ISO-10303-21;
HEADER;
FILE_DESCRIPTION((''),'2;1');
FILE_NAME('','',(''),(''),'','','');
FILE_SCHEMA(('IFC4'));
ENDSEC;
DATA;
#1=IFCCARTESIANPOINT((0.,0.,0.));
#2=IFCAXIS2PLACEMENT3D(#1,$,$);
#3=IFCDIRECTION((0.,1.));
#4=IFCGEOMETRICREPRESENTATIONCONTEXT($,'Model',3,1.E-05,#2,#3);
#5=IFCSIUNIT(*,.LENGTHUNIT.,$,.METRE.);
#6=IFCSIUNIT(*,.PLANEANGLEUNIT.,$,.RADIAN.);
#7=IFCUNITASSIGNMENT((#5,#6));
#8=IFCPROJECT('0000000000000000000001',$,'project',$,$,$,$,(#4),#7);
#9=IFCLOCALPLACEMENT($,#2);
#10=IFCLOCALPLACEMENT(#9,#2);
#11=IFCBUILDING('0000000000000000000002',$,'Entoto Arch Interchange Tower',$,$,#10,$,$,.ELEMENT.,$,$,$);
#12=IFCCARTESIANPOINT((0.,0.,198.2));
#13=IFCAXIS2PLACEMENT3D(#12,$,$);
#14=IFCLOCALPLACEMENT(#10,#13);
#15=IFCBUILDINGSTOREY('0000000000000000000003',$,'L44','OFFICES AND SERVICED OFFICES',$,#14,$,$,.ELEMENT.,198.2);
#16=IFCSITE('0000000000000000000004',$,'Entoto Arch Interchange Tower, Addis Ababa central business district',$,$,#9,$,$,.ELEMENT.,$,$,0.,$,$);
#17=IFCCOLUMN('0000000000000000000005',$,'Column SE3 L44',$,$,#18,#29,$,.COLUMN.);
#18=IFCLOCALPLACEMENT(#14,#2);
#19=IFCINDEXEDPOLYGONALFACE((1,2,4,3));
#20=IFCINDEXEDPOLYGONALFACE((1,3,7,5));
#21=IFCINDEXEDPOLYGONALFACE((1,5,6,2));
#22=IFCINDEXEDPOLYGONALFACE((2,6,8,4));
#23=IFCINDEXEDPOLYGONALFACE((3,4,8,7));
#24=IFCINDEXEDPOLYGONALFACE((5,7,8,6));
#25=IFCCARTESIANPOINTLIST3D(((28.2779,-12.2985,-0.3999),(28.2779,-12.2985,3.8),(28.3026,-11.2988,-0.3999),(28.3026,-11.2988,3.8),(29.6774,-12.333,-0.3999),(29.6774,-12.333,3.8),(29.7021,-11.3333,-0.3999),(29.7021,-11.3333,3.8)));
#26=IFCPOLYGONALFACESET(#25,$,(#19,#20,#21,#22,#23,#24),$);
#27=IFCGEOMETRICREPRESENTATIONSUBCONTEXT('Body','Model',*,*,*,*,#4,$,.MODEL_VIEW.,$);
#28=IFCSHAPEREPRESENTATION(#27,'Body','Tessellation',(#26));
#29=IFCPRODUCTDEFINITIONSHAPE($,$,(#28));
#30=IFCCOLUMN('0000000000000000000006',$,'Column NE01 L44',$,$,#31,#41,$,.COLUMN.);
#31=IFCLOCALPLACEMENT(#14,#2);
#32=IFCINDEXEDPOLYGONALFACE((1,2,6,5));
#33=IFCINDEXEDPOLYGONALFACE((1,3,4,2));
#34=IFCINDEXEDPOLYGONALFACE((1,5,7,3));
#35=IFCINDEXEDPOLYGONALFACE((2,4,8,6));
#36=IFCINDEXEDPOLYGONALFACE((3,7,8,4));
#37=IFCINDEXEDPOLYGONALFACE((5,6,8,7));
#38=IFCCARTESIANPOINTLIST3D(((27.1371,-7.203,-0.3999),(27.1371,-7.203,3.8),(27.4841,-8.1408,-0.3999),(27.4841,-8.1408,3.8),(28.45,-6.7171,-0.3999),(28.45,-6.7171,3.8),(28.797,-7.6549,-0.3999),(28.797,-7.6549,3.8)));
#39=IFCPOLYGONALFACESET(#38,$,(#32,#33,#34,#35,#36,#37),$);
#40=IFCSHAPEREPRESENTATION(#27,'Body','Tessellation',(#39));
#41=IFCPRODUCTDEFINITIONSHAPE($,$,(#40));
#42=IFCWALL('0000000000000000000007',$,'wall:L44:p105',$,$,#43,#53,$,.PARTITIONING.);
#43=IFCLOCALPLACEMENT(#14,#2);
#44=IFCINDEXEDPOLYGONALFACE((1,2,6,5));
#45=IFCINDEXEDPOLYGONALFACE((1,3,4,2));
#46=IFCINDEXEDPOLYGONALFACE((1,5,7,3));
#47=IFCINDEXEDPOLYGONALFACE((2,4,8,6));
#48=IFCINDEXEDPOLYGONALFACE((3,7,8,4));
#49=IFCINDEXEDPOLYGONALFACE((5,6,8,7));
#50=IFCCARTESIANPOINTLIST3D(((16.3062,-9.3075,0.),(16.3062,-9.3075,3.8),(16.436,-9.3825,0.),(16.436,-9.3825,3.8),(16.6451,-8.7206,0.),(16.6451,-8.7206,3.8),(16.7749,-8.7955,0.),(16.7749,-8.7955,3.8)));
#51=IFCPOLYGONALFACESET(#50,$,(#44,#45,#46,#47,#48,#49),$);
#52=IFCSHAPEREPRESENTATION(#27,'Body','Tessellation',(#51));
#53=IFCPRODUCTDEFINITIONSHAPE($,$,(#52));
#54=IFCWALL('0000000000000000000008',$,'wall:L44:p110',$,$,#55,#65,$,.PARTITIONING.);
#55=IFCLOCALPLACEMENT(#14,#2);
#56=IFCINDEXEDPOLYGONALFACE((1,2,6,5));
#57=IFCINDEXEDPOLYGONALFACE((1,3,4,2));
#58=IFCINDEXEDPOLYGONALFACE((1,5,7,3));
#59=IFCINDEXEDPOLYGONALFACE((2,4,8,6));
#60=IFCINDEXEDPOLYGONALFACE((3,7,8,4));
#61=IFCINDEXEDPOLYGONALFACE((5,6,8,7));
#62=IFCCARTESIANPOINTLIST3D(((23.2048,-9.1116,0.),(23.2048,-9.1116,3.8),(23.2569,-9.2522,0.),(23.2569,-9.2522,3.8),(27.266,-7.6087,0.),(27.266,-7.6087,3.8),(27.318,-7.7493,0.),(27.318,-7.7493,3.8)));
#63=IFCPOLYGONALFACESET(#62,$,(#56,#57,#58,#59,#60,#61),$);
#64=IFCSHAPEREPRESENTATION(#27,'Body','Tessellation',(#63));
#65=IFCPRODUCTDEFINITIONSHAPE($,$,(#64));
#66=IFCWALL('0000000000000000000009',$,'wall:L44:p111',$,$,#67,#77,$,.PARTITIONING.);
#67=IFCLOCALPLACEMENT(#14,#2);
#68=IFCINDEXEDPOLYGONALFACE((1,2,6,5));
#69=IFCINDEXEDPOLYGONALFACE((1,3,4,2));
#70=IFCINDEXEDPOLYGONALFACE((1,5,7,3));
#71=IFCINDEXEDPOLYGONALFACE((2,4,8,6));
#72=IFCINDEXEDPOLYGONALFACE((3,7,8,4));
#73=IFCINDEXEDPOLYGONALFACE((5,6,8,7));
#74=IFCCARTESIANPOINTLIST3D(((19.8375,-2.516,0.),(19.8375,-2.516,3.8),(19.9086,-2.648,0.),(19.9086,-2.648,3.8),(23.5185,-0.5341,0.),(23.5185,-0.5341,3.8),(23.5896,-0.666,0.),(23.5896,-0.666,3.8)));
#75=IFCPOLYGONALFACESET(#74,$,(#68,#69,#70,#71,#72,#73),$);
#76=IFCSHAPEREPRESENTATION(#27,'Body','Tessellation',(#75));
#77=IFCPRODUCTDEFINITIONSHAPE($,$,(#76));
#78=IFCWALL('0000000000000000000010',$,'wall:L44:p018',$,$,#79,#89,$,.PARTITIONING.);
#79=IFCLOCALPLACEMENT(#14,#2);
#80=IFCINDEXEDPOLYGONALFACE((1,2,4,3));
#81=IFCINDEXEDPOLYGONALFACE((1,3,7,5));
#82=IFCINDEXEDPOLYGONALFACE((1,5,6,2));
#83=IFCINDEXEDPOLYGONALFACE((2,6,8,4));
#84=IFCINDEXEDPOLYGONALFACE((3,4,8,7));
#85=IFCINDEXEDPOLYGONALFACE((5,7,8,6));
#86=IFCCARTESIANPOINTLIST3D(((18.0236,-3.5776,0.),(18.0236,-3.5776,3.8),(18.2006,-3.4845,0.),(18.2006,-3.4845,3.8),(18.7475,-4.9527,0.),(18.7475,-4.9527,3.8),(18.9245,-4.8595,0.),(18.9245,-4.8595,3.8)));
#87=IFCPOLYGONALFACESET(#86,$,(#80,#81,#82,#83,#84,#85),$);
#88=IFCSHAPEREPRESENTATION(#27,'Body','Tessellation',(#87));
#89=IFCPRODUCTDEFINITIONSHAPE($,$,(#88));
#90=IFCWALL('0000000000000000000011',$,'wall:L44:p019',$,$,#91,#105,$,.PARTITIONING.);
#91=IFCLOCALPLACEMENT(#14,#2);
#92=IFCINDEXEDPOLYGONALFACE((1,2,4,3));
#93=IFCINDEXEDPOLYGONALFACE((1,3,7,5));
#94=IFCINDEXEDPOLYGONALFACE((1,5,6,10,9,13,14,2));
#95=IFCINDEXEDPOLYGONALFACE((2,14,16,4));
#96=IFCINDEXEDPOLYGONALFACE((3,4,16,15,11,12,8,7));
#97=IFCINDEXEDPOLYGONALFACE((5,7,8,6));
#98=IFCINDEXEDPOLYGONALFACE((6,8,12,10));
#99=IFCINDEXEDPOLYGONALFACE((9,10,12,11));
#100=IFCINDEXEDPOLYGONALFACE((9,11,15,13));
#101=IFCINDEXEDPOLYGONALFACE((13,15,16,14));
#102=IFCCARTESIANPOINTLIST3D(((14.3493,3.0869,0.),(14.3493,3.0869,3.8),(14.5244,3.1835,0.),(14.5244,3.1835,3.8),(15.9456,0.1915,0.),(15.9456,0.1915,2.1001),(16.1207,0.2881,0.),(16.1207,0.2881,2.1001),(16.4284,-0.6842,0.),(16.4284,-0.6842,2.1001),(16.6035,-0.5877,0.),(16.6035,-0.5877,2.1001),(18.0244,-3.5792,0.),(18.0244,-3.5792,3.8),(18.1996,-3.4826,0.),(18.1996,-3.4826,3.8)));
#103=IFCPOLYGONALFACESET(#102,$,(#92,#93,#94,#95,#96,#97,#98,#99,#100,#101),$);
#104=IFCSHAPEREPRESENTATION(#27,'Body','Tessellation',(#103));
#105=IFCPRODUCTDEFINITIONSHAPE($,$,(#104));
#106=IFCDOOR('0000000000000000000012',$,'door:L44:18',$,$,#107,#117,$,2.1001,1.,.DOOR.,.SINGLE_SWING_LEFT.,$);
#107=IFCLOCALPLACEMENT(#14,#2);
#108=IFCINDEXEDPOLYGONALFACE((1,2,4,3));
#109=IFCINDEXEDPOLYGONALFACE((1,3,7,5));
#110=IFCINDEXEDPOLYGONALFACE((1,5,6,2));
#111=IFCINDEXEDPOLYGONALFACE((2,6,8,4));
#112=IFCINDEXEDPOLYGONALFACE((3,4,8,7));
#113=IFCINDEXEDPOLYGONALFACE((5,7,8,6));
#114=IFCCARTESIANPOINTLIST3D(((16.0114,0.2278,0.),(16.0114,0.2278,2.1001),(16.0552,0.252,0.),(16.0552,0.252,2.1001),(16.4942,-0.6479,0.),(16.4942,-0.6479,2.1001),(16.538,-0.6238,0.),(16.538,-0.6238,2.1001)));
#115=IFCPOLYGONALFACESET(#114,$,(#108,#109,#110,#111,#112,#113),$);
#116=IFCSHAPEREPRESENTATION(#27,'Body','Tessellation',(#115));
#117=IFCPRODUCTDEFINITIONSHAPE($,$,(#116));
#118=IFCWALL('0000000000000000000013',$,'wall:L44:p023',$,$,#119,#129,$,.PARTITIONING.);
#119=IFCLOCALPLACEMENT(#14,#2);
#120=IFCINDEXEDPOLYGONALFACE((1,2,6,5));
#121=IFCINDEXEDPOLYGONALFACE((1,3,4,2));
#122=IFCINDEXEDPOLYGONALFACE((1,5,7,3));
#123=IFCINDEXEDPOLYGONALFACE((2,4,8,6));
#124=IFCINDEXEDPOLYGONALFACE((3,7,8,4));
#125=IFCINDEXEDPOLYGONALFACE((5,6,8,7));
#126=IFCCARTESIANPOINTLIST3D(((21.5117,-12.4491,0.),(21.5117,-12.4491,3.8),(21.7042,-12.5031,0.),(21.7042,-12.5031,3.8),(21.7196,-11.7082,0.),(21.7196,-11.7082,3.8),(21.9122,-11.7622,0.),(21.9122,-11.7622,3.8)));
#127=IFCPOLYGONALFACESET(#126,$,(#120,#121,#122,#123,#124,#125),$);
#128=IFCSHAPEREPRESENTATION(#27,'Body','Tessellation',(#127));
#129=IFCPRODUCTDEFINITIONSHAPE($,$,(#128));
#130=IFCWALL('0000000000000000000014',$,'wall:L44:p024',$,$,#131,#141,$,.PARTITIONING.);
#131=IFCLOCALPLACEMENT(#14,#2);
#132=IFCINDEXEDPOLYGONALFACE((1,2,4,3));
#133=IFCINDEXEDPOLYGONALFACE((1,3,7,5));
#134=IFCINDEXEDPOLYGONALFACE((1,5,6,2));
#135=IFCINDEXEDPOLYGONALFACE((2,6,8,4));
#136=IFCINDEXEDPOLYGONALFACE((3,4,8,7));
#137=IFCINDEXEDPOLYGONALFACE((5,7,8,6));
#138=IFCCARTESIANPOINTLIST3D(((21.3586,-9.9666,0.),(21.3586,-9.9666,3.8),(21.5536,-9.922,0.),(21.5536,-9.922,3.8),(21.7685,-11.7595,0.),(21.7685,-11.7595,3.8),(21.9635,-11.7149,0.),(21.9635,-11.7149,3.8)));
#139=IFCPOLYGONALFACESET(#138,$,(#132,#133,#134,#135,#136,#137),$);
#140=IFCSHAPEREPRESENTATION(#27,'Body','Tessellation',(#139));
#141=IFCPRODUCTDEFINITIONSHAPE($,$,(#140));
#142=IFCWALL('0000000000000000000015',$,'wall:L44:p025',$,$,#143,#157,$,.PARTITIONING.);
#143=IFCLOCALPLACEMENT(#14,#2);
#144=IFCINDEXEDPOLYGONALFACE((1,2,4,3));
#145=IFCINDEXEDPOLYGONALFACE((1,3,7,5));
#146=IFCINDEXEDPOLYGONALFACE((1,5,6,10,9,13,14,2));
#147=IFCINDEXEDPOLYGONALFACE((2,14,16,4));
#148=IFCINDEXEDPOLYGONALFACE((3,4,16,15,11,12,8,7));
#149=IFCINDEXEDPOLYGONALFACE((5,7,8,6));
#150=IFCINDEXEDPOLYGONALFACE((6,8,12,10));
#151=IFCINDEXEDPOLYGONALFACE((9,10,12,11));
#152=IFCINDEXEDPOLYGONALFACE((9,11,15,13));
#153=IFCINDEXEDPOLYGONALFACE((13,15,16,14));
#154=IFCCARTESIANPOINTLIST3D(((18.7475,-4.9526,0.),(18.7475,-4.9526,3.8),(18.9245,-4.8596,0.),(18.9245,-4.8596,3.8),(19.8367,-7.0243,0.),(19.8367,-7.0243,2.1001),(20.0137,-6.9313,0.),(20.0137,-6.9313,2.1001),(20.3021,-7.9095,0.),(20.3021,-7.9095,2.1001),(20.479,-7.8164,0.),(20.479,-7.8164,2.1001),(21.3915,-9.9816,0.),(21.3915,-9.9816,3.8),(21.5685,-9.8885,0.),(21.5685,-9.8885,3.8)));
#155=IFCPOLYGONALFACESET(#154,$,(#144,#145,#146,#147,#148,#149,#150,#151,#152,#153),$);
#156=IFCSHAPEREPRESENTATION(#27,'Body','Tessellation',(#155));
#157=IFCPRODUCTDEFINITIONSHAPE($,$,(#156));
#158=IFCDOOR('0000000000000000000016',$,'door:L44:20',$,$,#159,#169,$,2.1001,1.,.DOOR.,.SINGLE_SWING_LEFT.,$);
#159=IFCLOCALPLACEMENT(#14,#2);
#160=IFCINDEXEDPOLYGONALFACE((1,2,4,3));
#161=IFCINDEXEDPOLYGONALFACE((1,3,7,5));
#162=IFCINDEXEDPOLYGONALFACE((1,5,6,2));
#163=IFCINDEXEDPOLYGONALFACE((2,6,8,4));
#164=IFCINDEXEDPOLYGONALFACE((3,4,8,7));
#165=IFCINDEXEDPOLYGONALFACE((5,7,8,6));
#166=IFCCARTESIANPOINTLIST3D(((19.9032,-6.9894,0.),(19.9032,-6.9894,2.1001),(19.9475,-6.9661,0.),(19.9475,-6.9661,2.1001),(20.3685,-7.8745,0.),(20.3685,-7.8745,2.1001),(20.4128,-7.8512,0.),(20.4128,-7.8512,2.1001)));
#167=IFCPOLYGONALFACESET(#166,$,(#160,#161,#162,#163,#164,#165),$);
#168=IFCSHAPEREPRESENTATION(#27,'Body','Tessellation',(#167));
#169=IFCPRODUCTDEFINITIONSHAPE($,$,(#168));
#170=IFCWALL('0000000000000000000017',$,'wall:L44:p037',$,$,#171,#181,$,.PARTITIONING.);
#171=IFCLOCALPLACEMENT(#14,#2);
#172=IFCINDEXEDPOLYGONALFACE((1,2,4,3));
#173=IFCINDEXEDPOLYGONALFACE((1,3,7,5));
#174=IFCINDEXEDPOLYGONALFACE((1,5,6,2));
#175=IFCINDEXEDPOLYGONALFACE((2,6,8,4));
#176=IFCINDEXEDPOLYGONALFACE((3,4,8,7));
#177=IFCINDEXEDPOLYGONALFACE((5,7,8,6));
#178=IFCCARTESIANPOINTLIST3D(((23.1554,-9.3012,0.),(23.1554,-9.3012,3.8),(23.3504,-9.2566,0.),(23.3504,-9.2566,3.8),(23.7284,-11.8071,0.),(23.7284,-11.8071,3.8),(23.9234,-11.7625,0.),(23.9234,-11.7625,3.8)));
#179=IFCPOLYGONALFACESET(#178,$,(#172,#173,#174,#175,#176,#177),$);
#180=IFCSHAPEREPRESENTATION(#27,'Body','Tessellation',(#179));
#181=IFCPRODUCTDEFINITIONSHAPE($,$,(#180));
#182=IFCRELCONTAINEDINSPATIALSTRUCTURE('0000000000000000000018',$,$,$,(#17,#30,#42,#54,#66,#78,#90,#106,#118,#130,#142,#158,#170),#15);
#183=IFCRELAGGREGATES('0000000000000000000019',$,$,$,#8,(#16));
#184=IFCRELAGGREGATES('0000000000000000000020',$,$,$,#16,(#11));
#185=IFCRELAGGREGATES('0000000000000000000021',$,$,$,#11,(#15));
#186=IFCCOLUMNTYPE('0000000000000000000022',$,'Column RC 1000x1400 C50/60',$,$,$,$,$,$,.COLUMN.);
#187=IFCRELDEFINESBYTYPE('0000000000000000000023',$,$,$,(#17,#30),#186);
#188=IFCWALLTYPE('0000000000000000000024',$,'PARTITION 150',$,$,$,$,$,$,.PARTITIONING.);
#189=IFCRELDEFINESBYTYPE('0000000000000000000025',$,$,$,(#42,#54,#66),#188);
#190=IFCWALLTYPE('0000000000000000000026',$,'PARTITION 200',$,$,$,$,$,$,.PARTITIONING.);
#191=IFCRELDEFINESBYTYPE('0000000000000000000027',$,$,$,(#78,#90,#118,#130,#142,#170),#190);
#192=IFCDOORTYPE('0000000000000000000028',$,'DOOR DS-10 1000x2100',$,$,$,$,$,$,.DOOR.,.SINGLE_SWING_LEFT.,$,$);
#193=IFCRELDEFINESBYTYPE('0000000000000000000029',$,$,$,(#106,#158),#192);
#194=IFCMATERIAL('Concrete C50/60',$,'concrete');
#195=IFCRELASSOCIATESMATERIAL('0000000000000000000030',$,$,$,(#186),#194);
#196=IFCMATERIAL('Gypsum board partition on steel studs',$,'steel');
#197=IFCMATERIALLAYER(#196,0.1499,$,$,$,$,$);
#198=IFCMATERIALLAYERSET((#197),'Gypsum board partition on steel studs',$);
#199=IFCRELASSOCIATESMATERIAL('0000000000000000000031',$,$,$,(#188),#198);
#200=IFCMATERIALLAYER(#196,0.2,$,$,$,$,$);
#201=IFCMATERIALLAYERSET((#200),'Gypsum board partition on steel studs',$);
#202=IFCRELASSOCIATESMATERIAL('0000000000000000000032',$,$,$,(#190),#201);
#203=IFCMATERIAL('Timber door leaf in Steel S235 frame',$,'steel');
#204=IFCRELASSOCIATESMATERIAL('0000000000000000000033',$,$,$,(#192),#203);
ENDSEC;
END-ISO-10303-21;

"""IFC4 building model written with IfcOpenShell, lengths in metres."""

from ifc_helpers import new_model, si_unit, direction, frame, frame_2d, origin, origin_2d, place, context, subcontext, project, spatial, rectangle, extrude, material, layer, layer_set, material_profile, profile_set, type_object, element, fill, save


model = new_model("IFC4")

# Units and contexts
model_context = context("Model", 3, precision=1e-05, world=origin(), true_north=direction((0.0, 1.0)))
body_context = subcontext(model_context, "Body", "Model", "MODEL_VIEW")
ifc_project = project(units=[si_unit("LENGTHUNIT", "METRE"), si_unit("PLANEANGLEUNIT", "RADIAN")], contexts=[model_context])

# Site, building, storey
site_placement = place(None, origin())
site = spatial("IfcSite", under=ifc_project, at=site_placement, Name="Entoto Arch Interchange Tower, Addis Ababa central business district", CompositionType="ELEMENT", RefElevation=0.0)
building_placement = place(site_placement, origin())
building = spatial("IfcBuilding", under=site, at=building_placement, Name="Entoto Arch Interchange Tower", CompositionType="ELEMENT")
storey_placement = place(building_placement, frame((0.0, 0.0, 198.2)))
storey = spatial("IfcBuildingStorey", under=building, at=storey_placement, Name="L44", Description="OFFICES AND SERVICED OFFICES", CompositionType="ELEMENT", Elevation=198.2)

# Columns
ifc_material_1 = material(Name="Concrete C50/60", Category="concrete")
ifc_material_profile = material_profile(ifc_material_1, rectangle(XDim=1.0, YDim=1.3999, at=origin_2d()))
ifc_profile_set = profile_set([ifc_material_profile], Name="Concrete C50/60")
column_type = type_object("IfcColumnType", Name="Column RC 1000x1400 C50/60", PredefinedType="COLUMN", material=ifc_profile_set)
for number, where, z_axis, x_axis, name in (
    (1, (28.99, -11.8159, -0.3999), (0.0, 0.0, 1.0), (0.024676, 0.999695, 0.0), "Column SE3 L44"),
    (2, (27.967, -7.429, -0.3999), (0.0, 0.0, 1.0), (-0.347067, 0.93784, 0.0), "Column NE01 L44"),
):
    element("IfcColumn", number, at=place(storey_placement, frame(where, z_axis=z_axis, x_axis=x_axis)), inside=storey, type_object=column_type, Name=name, PredefinedType="COLUMN", context=body_context, shape_type="SweptSolid", body=[
        extrude(rectangle(XDim=1.0, YDim=1.3999, at=origin_2d()), origin(), (0.0, 0.0, 1.0), 4.2),
    ])

# Walls
ifc_material_2 = material(Name="Gypsum board partition on steel studs", Category="steel")
ifc_layer_1 = layer(ifc_material_2, 0.1499)
ifc_layer_set_1 = layer_set([ifc_layer_1], Name="Gypsum board partition on steel studs")
wall_type_1 = type_object("IfcWallType", Name="PARTITION 150", PredefinedType="PARTITIONING", material=ifc_layer_set_1)
wall_1_placement = place(storey_placement, frame((16.71, -8.7581, 0.0), z_axis=(0.0, 0.0, 1.0), x_axis=(-0.500013, -0.866018, 0.0)))
element("IfcWall", 3, at=wall_1_placement, inside=storey, type_object=wall_type_1, Name="wall:L44:p105", PredefinedType="PARTITIONING", context=body_context, shape_type="SweptSolid", body=[
    extrude(rectangle(XDim=0.6777, YDim=0.1499, at=frame_2d((0.3389, 0.0))), origin(), (0.0, 0.0, 1.0), 3.8),
])
wall_2_placement = place(storey_placement, frame((23.231, -9.1819, 0.0), z_axis=(0.0, 0.0, 1.0), x_axis=(0.937836, 0.347079, 0.0)))
element("IfcWall", 4, at=wall_2_placement, inside=storey, type_object=wall_type_1, Name="wall:L44:p110", PredefinedType="PARTITIONING", context=body_context, shape_type="SweptSolid", body=[
    extrude(rectangle(XDim=4.3303, YDim=0.1499, at=frame_2d((2.165, 0.0))), origin(), (0.0, 0.0, 1.0), 3.8),
])
wall_3_placement = place(storey_placement, frame((19.873, -2.582, 0.0), z_axis=(0.0, 0.0, 1.0), x_axis=(0.88048, 0.474082, 0.0)))
element("IfcWall", 5, at=wall_3_placement, inside=storey, type_object=wall_type_1, Name="wall:L44:p111", PredefinedType="PARTITIONING", context=body_context, shape_type="SweptSolid", body=[
    extrude(rectangle(XDim=4.1807, YDim=0.1499, at=frame_2d((2.0903, 0.0))), origin(), (0.0, 0.0, 1.0), 3.8),
])
ifc_layer_2 = layer(ifc_material_2, 0.2)
ifc_layer_set_2 = layer_set([ifc_layer_2], Name="Gypsum board partition on steel studs")
wall_type_2 = type_object("IfcWallType", Name="PARTITION 200", PredefinedType="PARTITIONING", material=ifc_layer_set_2)
wall_4_placement = place(storey_placement, frame((18.8359, -4.906, 0.0), z_axis=(0.0, 0.0, 1.0), x_axis=(-0.465844, 0.884867, 0.0)))
element("IfcWall", 6, at=wall_4_placement, inside=storey, type_object=wall_type_2, Name="wall:L44:p018", PredefinedType="PARTITIONING", context=body_context, shape_type="SweptSolid", body=[
    extrude(rectangle(XDim=1.554, YDim=0.2, at=frame_2d((0.7769, 0.0))), origin(), (0.0, 0.0, 1.0), 3.8),
])

# Wall, opening, door
wall_5_placement = place(storey_placement, frame((18.1121, -3.531, 0.0), z_axis=(0.0, 0.0, 1.0), x_axis=(-0.4828, 0.875731, 0.0)))
wall_5 = element("IfcWall", 7, at=wall_5_placement, inside=storey, type_object=wall_type_2, Name="wall:L44:p019", PredefinedType="PARTITIONING", context=body_context, shape_type="SweptSolid", body=[
    extrude(rectangle(XDim=7.6121, YDim=0.2, at=frame_2d((3.8062, 0.0))), origin(), (0.0, 0.0, 1.0), 3.8),
])
opening_1_placement = place(wall_5_placement, frame((3.3059, 0.0, 0.0)))
opening_1 = element("IfcOpeningElement", 8, at=opening_1_placement, cuts=wall_5, PredefinedType="OPENING", context=body_context, shape_type="SweptSolid", body=[
    extrude(rectangle(XDim=1.0, YDim=2.1001, at=frame_2d((0.5, 1.05))), frame((0.0, 0.1099, 0.0), z_axis=(0.0, -1.0, 0.0), x_axis=(1.0, 0.0, 0.0)), (0.0, 0.0, 1.0), 0.22),
])
ifc_material_3 = material(Name="Timber door leaf in Steel S235 frame", Category="steel")
door_type = type_object("IfcDoorType", Name="DOOR DS-10 1000x2100", OperationType="SINGLE_SWING_LEFT", PredefinedType="DOOR", material=ifc_material_3)
door_1_placement = place(opening_1_placement, origin())
door_1 = element("IfcDoor", 9, at=door_1_placement, inside=storey, type_object=door_type, Name="door:L44:18", OperationType="SINGLE_SWING_LEFT", OverallHeight=2.1001, OverallWidth=1.0, PredefinedType="DOOR", context=body_context, shape_type="SweptSolid", body=[
    extrude(rectangle(XDim=1.0, YDim=2.1001, at=frame_2d((0.5, 1.05))), frame((0.0, 0.0249, 0.0), z_axis=(0.0, -1.0, 0.0), x_axis=(1.0, 0.0, 0.0)), (0.0, 0.0, 1.0), 0.05),
])
fill(opening_1, door_1)

# Walls
wall_6_placement = place(storey_placement, frame((21.6079, -12.4761, 0.0), z_axis=(0.0, 0.0, 1.0), x_axis=(0.270277, 0.962783, 0.0)))
element("IfcWall", 10, at=wall_6_placement, inside=storey, type_object=wall_type_2, Name="wall:L44:p023", PredefinedType="PARTITIONING", context=body_context, shape_type="SweptSolid", body=[
    extrude(rectangle(XDim=0.7695, YDim=0.2, at=frame_2d((0.3848, 0.0))), origin(), (0.0, 0.0, 1.0), 3.8),
])
wall_7_placement = place(storey_placement, frame((21.866, -11.7371, 0.0), z_axis=(0.0, 0.0, 1.0), x_axis=(-0.222872, 0.974848, 0.0)))
element("IfcWall", 11, at=wall_7_placement, inside=storey, type_object=wall_type_2, Name="wall:L44:p024", PredefinedType="PARTITIONING", context=body_context, shape_type="SweptSolid", body=[
    extrude(rectangle(XDim=1.8391, YDim=0.2, at=frame_2d((0.9194, 0.0))), origin(), (0.0, 0.0, 1.0), 3.8),
])

# Wall, opening, door
wall_8_placement = place(storey_placement, frame((21.48, -9.9351, 0.0), z_axis=(0.0, 0.0, 1.0), x_axis=(-0.465357, 0.885123, 0.0)))
wall_8 = element("IfcWall", 12, at=wall_8_placement, inside=storey, type_object=wall_type_2, Name="wall:L44:p025", PredefinedType="PARTITIONING", context=body_context, shape_type="SweptSolid", body=[
    extrude(rectangle(XDim=5.6816, YDim=0.2, at=frame_2d((2.8408, 0.0))), origin(), (0.0, 0.0, 1.0), 3.8),
])
opening_2_placement = place(wall_8_placement, frame((2.3411, 0.0, 0.0)))
opening_2 = element("IfcOpeningElement", 13, at=opening_2_placement, cuts=wall_8, PredefinedType="OPENING", context=body_context, shape_type="SweptSolid", body=[
    extrude(rectangle(XDim=1.0, YDim=2.1001, at=frame_2d((0.5, 1.05))), frame((0.0, 0.1099, 0.0), z_axis=(0.0, -1.0, 0.0), x_axis=(1.0, 0.0, 0.0)), (0.0, 0.0, 1.0), 0.22),
])
door_2_placement = place(opening_2_placement, origin())
door_2 = element("IfcDoor", 14, at=door_2_placement, inside=storey, type_object=door_type, Name="door:L44:20", OperationType="SINGLE_SWING_LEFT", OverallHeight=2.1001, OverallWidth=1.0, PredefinedType="DOOR", context=body_context, shape_type="SweptSolid", body=[
    extrude(rectangle(XDim=1.0, YDim=2.1001, at=frame_2d((0.5, 1.05))), frame((0.0, 0.0249, 0.0), z_axis=(0.0, -1.0, 0.0), x_axis=(1.0, 0.0, 0.0)), (0.0, 0.0, 1.0), 0.05),
])
fill(opening_2, door_2)

# Wall
wall_9_placement = place(storey_placement, frame((23.2529, -9.2791, 0.0), z_axis=(0.0, 0.0, 1.0), x_axis=(0.22291, -0.974839, 0.0)))
element("IfcWall", 15, at=wall_9_placement, inside=storey, type_object=wall_type_2, Name="wall:L44:p037", PredefinedType="PARTITIONING", context=body_context, shape_type="SweptSolid", body=[
    extrude(rectangle(XDim=2.5706, YDim=0.2, at=frame_2d((1.2852, 0.0))), origin(), (0.0, 0.0, 1.0), 3.8),
])

save(model, "model.ifc")
